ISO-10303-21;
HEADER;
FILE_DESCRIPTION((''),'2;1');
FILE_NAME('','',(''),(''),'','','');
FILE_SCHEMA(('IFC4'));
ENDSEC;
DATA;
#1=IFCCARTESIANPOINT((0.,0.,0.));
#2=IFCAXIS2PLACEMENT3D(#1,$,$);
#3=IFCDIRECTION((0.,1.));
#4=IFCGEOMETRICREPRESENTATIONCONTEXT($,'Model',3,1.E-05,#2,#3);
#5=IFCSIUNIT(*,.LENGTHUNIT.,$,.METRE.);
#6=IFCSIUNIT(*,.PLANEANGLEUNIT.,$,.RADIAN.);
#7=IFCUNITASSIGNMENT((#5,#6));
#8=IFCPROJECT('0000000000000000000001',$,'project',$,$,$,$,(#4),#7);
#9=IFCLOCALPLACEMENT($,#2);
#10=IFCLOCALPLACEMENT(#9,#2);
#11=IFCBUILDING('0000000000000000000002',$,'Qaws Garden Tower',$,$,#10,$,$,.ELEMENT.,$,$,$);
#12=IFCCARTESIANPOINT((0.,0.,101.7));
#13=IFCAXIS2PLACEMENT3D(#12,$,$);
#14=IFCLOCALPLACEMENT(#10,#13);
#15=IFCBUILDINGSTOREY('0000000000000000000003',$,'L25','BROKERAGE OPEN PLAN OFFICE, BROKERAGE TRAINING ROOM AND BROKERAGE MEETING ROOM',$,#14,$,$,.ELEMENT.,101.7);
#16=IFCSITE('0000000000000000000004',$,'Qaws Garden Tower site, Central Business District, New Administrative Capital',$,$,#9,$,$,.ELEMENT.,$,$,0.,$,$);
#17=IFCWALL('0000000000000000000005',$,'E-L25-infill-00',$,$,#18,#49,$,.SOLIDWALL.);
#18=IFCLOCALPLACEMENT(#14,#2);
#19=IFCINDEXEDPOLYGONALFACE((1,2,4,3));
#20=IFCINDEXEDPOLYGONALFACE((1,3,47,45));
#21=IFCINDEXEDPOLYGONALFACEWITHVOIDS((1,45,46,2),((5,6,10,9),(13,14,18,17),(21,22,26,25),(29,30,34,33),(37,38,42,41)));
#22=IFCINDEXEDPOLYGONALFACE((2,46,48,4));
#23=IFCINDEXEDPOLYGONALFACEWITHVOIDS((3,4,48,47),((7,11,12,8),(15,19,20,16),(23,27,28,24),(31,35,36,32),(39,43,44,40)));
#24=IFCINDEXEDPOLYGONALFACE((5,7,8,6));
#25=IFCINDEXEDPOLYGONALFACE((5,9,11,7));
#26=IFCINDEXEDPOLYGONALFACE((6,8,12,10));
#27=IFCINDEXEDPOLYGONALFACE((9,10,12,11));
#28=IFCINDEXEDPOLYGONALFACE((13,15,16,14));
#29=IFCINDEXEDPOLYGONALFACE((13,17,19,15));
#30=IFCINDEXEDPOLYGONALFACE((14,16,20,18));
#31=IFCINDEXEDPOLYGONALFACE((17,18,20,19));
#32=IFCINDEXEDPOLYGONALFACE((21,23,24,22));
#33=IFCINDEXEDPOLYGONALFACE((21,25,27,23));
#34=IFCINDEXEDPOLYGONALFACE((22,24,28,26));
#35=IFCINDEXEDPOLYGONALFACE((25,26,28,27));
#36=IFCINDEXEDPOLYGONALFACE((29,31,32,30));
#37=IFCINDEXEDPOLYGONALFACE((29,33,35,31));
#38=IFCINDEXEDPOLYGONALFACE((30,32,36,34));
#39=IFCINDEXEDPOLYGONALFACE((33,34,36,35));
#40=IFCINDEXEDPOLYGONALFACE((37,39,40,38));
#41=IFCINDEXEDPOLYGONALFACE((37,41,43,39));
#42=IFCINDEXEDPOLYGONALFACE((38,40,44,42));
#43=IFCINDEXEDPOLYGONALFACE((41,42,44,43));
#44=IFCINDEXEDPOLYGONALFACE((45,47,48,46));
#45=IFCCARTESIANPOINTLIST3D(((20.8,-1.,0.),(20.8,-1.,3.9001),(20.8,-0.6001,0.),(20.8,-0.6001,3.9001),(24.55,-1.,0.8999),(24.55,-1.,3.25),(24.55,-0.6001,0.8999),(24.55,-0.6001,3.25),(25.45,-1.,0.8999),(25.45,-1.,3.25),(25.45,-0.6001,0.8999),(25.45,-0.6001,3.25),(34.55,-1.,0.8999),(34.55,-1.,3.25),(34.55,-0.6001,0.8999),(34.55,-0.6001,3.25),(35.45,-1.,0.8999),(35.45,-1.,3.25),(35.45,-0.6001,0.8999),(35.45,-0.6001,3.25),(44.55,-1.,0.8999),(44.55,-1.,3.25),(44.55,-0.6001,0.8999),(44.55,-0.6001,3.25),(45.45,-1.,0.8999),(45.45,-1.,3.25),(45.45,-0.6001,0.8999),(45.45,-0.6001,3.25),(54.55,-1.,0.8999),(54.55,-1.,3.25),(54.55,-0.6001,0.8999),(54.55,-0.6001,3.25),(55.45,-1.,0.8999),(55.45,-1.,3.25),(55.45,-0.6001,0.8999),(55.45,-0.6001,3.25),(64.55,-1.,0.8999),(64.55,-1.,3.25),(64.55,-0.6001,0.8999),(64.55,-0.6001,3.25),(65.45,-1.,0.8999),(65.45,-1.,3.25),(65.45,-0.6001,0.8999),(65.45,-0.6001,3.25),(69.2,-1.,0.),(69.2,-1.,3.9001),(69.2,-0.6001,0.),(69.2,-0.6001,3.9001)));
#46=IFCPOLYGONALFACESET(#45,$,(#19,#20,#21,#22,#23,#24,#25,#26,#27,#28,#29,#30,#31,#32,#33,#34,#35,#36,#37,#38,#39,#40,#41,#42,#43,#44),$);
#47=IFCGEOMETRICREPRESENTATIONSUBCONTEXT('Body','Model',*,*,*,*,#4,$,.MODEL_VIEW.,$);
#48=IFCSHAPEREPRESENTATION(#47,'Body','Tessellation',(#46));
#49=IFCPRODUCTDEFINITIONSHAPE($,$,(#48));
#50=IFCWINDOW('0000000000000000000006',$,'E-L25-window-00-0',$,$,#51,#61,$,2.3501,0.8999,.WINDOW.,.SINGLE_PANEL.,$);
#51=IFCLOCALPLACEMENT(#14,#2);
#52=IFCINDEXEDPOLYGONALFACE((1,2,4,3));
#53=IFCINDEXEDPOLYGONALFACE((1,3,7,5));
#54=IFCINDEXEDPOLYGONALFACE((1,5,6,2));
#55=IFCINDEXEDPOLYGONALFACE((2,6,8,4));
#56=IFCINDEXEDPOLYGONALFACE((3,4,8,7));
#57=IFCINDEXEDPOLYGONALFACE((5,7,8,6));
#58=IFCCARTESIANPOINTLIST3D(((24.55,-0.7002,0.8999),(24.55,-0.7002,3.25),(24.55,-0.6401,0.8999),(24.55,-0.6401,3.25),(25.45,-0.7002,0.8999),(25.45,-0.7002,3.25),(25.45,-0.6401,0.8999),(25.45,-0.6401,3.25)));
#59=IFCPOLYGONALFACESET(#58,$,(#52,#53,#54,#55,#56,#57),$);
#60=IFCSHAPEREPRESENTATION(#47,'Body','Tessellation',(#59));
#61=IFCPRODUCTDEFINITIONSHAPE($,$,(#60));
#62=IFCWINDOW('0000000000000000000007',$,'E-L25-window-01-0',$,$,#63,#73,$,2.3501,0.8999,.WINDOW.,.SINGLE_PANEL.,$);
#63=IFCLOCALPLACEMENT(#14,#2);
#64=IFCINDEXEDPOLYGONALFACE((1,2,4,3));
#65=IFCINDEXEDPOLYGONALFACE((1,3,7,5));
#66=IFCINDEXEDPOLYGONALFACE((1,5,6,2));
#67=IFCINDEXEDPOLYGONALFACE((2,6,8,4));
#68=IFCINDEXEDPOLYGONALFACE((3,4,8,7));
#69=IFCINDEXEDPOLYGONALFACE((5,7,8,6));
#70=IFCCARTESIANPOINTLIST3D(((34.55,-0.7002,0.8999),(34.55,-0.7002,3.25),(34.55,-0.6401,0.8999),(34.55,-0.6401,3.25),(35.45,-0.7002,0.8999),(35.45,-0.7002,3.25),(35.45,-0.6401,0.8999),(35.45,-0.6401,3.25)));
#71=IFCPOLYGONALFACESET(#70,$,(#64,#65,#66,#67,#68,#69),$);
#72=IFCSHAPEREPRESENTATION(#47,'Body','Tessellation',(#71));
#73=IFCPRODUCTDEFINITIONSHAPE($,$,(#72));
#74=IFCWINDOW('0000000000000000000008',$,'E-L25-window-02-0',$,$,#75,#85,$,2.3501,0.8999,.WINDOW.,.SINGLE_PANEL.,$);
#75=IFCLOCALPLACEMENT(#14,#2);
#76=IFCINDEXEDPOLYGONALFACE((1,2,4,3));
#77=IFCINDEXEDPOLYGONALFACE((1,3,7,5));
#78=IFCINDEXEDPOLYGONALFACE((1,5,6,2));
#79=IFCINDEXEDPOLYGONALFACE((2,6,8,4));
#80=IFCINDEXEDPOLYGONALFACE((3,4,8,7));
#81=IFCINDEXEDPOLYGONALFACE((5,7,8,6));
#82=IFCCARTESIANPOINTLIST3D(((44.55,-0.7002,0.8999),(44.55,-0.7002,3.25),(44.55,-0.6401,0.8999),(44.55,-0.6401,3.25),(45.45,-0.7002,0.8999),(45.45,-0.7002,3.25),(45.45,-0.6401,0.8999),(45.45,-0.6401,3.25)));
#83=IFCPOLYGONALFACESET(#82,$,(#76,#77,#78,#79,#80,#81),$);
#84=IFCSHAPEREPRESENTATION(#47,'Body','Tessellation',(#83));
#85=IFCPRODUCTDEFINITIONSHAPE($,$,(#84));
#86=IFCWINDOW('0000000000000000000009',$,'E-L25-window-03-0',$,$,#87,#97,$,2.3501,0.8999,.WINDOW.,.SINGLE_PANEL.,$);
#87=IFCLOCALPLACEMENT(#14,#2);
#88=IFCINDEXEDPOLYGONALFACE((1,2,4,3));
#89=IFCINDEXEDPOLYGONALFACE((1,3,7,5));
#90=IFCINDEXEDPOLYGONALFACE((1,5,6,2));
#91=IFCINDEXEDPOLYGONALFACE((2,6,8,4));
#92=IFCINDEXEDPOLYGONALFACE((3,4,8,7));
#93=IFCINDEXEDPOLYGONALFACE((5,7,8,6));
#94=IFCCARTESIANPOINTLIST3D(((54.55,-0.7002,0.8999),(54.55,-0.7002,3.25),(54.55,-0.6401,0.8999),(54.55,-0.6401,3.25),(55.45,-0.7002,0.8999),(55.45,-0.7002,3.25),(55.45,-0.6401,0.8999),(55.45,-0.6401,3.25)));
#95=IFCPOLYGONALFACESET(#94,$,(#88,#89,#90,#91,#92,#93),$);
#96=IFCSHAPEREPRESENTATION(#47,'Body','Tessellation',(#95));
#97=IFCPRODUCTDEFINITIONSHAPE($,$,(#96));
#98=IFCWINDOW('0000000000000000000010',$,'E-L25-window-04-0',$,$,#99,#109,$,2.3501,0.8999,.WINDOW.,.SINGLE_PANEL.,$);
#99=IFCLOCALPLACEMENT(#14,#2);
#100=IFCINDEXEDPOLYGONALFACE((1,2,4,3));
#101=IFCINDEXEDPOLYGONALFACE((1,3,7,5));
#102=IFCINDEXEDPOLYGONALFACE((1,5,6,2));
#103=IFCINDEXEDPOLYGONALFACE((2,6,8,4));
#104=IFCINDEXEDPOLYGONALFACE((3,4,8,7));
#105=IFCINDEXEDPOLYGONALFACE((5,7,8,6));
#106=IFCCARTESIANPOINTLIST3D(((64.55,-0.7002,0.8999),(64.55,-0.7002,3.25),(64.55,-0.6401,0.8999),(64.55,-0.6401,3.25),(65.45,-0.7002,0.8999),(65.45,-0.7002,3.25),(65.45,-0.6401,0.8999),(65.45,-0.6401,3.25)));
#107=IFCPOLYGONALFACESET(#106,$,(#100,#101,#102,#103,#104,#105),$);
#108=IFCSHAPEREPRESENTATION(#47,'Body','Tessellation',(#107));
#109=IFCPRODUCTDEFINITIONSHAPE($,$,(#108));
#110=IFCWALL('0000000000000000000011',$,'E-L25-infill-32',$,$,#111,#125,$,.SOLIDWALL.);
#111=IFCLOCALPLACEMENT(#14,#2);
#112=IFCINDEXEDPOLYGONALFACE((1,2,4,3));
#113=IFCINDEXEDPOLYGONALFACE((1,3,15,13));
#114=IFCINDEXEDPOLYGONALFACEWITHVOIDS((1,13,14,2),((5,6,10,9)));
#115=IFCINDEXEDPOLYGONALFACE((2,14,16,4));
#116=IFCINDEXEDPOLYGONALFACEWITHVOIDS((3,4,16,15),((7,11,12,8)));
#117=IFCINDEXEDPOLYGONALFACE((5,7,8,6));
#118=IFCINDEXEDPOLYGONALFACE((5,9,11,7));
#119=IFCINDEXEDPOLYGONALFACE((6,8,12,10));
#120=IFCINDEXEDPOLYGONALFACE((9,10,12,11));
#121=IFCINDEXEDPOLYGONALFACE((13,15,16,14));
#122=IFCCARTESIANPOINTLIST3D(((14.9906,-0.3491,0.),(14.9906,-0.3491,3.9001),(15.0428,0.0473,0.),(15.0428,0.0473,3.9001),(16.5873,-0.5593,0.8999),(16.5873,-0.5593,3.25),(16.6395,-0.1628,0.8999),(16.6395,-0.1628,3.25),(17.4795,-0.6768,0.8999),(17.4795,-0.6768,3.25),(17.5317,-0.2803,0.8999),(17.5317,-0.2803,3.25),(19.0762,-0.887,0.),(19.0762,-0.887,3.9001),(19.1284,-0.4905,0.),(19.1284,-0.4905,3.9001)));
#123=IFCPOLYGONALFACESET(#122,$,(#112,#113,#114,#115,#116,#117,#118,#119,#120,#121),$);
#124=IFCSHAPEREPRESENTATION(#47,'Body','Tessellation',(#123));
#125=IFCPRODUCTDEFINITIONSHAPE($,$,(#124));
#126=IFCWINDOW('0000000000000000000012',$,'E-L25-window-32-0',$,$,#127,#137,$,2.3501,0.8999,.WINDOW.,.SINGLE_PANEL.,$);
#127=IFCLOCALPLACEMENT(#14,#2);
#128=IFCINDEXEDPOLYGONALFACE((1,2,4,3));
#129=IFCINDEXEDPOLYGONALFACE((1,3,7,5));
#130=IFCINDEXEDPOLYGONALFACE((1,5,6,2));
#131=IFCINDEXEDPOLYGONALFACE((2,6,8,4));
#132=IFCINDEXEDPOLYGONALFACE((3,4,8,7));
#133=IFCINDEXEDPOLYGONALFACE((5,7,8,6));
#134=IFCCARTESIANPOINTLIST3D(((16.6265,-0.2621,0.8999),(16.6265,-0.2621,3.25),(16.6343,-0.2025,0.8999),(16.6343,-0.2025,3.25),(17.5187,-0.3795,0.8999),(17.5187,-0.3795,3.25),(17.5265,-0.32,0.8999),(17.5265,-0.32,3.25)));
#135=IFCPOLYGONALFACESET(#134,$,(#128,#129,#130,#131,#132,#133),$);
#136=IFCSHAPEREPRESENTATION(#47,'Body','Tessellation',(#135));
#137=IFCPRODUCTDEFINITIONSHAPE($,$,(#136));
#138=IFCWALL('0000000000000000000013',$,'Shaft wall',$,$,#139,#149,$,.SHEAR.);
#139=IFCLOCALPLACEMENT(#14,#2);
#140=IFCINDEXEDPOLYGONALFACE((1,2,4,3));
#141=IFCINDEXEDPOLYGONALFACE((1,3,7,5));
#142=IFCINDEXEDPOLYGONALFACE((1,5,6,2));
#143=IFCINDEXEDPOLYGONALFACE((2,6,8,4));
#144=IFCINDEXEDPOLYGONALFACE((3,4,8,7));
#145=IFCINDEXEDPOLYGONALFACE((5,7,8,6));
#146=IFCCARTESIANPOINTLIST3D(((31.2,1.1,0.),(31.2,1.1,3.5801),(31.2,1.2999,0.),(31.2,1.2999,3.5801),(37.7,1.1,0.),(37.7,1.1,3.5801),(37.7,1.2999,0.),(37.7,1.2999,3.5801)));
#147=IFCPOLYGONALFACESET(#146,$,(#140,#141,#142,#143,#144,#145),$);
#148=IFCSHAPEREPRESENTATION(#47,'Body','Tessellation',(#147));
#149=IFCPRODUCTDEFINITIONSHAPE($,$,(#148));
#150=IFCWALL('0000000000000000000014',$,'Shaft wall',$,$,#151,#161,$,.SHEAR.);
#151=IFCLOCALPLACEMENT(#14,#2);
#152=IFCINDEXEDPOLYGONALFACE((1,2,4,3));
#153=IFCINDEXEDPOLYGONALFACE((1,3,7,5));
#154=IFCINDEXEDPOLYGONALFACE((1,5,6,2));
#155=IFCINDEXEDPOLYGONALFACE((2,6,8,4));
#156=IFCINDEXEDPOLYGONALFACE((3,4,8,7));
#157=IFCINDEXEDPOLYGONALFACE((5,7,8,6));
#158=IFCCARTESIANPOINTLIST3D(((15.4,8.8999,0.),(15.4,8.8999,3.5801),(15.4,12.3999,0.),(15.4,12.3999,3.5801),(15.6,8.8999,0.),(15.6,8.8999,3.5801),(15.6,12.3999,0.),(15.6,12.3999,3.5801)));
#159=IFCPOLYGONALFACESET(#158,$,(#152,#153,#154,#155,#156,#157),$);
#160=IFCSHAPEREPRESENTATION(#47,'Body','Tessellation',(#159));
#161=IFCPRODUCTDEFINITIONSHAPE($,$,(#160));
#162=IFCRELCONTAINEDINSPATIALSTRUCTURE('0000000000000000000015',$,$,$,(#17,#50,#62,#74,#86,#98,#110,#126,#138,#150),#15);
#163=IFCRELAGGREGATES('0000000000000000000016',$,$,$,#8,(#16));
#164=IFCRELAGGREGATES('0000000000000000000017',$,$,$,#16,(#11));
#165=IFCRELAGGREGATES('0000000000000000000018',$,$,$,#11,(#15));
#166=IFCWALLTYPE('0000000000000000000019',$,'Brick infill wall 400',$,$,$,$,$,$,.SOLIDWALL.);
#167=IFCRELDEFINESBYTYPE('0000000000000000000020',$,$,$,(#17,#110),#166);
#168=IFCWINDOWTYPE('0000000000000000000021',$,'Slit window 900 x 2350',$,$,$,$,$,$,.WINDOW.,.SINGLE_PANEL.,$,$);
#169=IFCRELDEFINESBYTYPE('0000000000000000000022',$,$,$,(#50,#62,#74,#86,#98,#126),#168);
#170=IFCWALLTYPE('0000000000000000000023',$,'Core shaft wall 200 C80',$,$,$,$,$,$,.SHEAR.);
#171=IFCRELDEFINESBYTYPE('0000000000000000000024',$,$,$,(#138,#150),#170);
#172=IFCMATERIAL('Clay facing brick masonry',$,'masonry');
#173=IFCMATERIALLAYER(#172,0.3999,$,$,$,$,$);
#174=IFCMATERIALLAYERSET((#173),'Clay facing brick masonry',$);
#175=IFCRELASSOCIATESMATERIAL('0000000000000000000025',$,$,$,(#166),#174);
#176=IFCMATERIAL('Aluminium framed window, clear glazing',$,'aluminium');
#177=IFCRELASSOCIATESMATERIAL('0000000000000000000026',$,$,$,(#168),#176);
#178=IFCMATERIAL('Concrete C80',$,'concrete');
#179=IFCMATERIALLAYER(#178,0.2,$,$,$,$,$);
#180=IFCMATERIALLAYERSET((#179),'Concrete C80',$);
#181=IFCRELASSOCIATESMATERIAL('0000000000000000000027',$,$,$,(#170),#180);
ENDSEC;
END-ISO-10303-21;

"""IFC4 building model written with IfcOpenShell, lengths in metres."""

from ifc_helpers import new_model, si_unit, direction, frame, frame_2d, origin, place, context, subcontext, project, spatial, rectangle, extrude, material, layer, layer_set, type_object, element, fill, save


model = new_model("IFC4")

# Units and contexts
model_context = context("Model", 3, precision=1e-05, world=origin(), true_north=direction((0.0, 1.0)))
body_context = subcontext(model_context, "Body", "Model", "MODEL_VIEW")
ifc_project = project(units=[si_unit("LENGTHUNIT", "METRE"), si_unit("PLANEANGLEUNIT", "RADIAN")], contexts=[model_context])

# Site, building, storey
site_placement = place(None, origin())
site = spatial("IfcSite", under=ifc_project, at=site_placement, Name="Qaws Garden Tower site, Central Business District, New Administrative Capital", CompositionType="ELEMENT", RefElevation=0.0)
building_placement = place(site_placement, origin())
building = spatial("IfcBuilding", under=site, at=building_placement, Name="Qaws Garden Tower", CompositionType="ELEMENT")
storey_placement = place(building_placement, frame((0.0, 0.0, 101.7)))
storey = spatial("IfcBuildingStorey", under=building, at=storey_placement, Name="L25", Description="BROKERAGE OPEN PLAN OFFICE, BROKERAGE TRAINING ROOM AND BROKERAGE MEETING ROOM", CompositionType="ELEMENT", Elevation=101.7)

# Wall, openings, windows
ifc_material_1 = material(Name="Clay facing brick masonry", Category="masonry")
ifc_layer_1 = layer(ifc_material_1, 0.3999)
ifc_layer_set_1 = layer_set([ifc_layer_1], Name="Clay facing brick masonry")
wall_type_1 = type_object("IfcWallType", Name="Brick infill wall 400", PredefinedType="SOLIDWALL", material=ifc_layer_set_1)
wall_1_placement = place(storey_placement, frame((20.8, -0.8, 0.0), z_axis=(0.0, 0.0, 1.0), x_axis=(1.0, 0.0, 0.0)))
wall_1 = element("IfcWall", 1, at=wall_1_placement, inside=storey, type_object=wall_type_1, Name="E-L25-infill-00", PredefinedType="SOLIDWALL", context=body_context, shape_type="SweptSolid", body=[
    extrude(rectangle(XDim=48.3999, YDim=0.3999, at=frame_2d((24.2, 0.0))), origin(), (0.0, 0.0, 1.0), 3.9001),
])
opening_1_placement = place(wall_1_placement, frame((3.75, 0.0, 0.8999)))
opening_1 = element("IfcOpeningElement", 2, at=opening_1_placement, cuts=wall_1, PredefinedType="OPENING", context=body_context, shape_type="SweptSolid", body=[
    extrude(rectangle(XDim=0.8999, YDim=2.3501, at=frame_2d((0.45, 1.175))), frame((0.0, 0.21, 0.0), z_axis=(0.0, -1.0, 0.0), x_axis=(1.0, 0.0, 0.0)), (0.0, 0.0, 1.0), 0.4199),
])
opening_2_placement = place(wall_1_placement, frame((13.75, 0.0, 0.8999)))
opening_2 = element("IfcOpeningElement", 3, at=opening_2_placement, cuts=wall_1, PredefinedType="OPENING", context=body_context, shape_type="SweptSolid", body=[
    extrude(rectangle(XDim=0.8999, YDim=2.3501, at=frame_2d((0.45, 1.175))), frame((0.0, 0.21, 0.0), z_axis=(0.0, -1.0, 0.0), x_axis=(1.0, 0.0, 0.0)), (0.0, 0.0, 1.0), 0.4199),
])
opening_3_placement = place(wall_1_placement, frame((23.75, 0.0, 0.8999)))
opening_3 = element("IfcOpeningElement", 4, at=opening_3_placement, cuts=wall_1, PredefinedType="OPENING", context=body_context, shape_type="SweptSolid", body=[
    extrude(rectangle(XDim=0.8999, YDim=2.3501, at=frame_2d((0.45, 1.175))), frame((0.0, 0.21, 0.0), z_axis=(0.0, -1.0, 0.0), x_axis=(1.0, 0.0, 0.0)), (0.0, 0.0, 1.0), 0.4199),
])
opening_4_placement = place(wall_1_placement, frame((33.75, 0.0, 0.8999)))
opening_4 = element("IfcOpeningElement", 5, at=opening_4_placement, cuts=wall_1, PredefinedType="OPENING", context=body_context, shape_type="SweptSolid", body=[
    extrude(rectangle(XDim=0.8999, YDim=2.3501, at=frame_2d((0.45, 1.175))), frame((0.0, 0.21, 0.0), z_axis=(0.0, -1.0, 0.0), x_axis=(1.0, 0.0, 0.0)), (0.0, 0.0, 1.0), 0.4199),
])
opening_5_placement = place(wall_1_placement, frame((43.75, 0.0, 0.8999)))
opening_5 = element("IfcOpeningElement", 6, at=opening_5_placement, cuts=wall_1, PredefinedType="OPENING", context=body_context, shape_type="SweptSolid", body=[
    extrude(rectangle(XDim=0.8999, YDim=2.3501, at=frame_2d((0.45, 1.175))), frame((0.0, 0.21, 0.0), z_axis=(0.0, -1.0, 0.0), x_axis=(1.0, 0.0, 0.0)), (0.0, 0.0, 1.0), 0.4199),
])
ifc_material_2 = material(Name="Aluminium framed window, clear glazing", Category="aluminium")
window_type = type_object("IfcWindowType", Name="Slit window 900 x 2350", PartitioningType="SINGLE_PANEL", PredefinedType="WINDOW", material=ifc_material_2)
window_1_placement = place(opening_1_placement, origin())
window_1 = element("IfcWindow", 7, at=window_1_placement, inside=storey, type_object=window_type, Name="E-L25-window-00-0", OverallHeight=2.3501, OverallWidth=0.8999, PartitioningType="SINGLE_PANEL", PredefinedType="WINDOW", context=body_context, shape_type="SweptSolid", body=[
    extrude(rectangle(XDim=0.8999, YDim=2.3501, at=frame_2d((0.45, 1.175))), frame((0.0, 0.1599, 0.0), z_axis=(0.0, -1.0, 0.0), x_axis=(1.0, 0.0, 0.0)), (0.0, 0.0, 1.0), 0.0601),
])
fill(opening_1, window_1)
window_2_placement = place(opening_2_placement, origin())
window_2 = element("IfcWindow", 8, at=window_2_placement, inside=storey, type_object=window_type, Name="E-L25-window-01-0", OverallHeight=2.3501, OverallWidth=0.8999, PartitioningType="SINGLE_PANEL", PredefinedType="WINDOW", context=body_context, shape_type="SweptSolid", body=[
    extrude(rectangle(XDim=0.8999, YDim=2.3501, at=frame_2d((0.45, 1.175))), frame((0.0, 0.1599, 0.0), z_axis=(0.0, -1.0, 0.0), x_axis=(1.0, 0.0, 0.0)), (0.0, 0.0, 1.0), 0.0601),
])
fill(opening_2, window_2)
window_3_placement = place(opening_3_placement, origin())
window_3 = element("IfcWindow", 9, at=window_3_placement, inside=storey, type_object=window_type, Name="E-L25-window-02-0", OverallHeight=2.3501, OverallWidth=0.8999, PartitioningType="SINGLE_PANEL", PredefinedType="WINDOW", context=body_context, shape_type="SweptSolid", body=[
    extrude(rectangle(XDim=0.8999, YDim=2.3501, at=frame_2d((0.45, 1.175))), frame((0.0, 0.1599, 0.0), z_axis=(0.0, -1.0, 0.0), x_axis=(1.0, 0.0, 0.0)), (0.0, 0.0, 1.0), 0.0601),
])
fill(opening_3, window_3)
window_4_placement = place(opening_4_placement, origin())
window_4 = element("IfcWindow", 10, at=window_4_placement, inside=storey, type_object=window_type, Name="E-L25-window-03-0", OverallHeight=2.3501, OverallWidth=0.8999, PartitioningType="SINGLE_PANEL", PredefinedType="WINDOW", context=body_context, shape_type="SweptSolid", body=[
    extrude(rectangle(XDim=0.8999, YDim=2.3501, at=frame_2d((0.45, 1.175))), frame((0.0, 0.1599, 0.0), z_axis=(0.0, -1.0, 0.0), x_axis=(1.0, 0.0, 0.0)), (0.0, 0.0, 1.0), 0.0601),
])
fill(opening_4, window_4)
window_5_placement = place(opening_5_placement, origin())
window_5 = element("IfcWindow", 11, at=window_5_placement, inside=storey, type_object=window_type, Name="E-L25-window-04-0", OverallHeight=2.3501, OverallWidth=0.8999, PartitioningType="SINGLE_PANEL", PredefinedType="WINDOW", context=body_context, shape_type="SweptSolid", body=[
    extrude(rectangle(XDim=0.8999, YDim=2.3501, at=frame_2d((0.45, 1.175))), frame((0.0, 0.1599, 0.0), z_axis=(0.0, -1.0, 0.0), x_axis=(1.0, 0.0, 0.0)), (0.0, 0.0, 1.0), 0.0601),
])
fill(opening_5, window_5)

# Wall, opening, window
wall_2_placement = place(storey_placement, frame((15.0166, -0.1509, 0.0), z_axis=(0.0, 0.0, 1.0), x_axis=(0.991446, -0.130514, 0.0)))
wall_2 = element("IfcWall", 12, at=wall_2_placement, inside=storey, type_object=wall_type_1, Name="E-L25-infill-32", PredefinedType="SOLIDWALL", context=body_context, shape_type="SweptSolid", body=[
    extrude(rectangle(XDim=4.1208, YDim=0.3999, at=frame_2d((2.0605, 0.0))), origin(), (0.0, 0.0, 1.0), 3.9001),
])
opening_6_placement = place(wall_2_placement, frame((1.6106, 0.0, 0.8999)))
opening_6 = element("IfcOpeningElement", 13, at=opening_6_placement, cuts=wall_2, PredefinedType="OPENING", context=body_context, shape_type="SweptSolid", body=[
    extrude(rectangle(XDim=0.8999, YDim=2.3501, at=frame_2d((0.45, 1.175))), frame((0.0, 0.21, 0.0), z_axis=(0.0, -1.0, 0.0), x_axis=(1.0, 0.0, 0.0)), (0.0, 0.0, 1.0), 0.4199),
])
window_6_placement = place(opening_6_placement, origin())
window_6 = element("IfcWindow", 14, at=window_6_placement, inside=storey, type_object=window_type, Name="E-L25-window-32-0", OverallHeight=2.3501, OverallWidth=0.8999, PartitioningType="SINGLE_PANEL", PredefinedType="WINDOW", context=body_context, shape_type="SweptSolid", body=[
    extrude(rectangle(XDim=0.8999, YDim=2.3501, at=frame_2d((0.45, 1.175))), frame((0.0, 0.1599, 0.0), z_axis=(0.0, -1.0, 0.0), x_axis=(1.0, 0.0, 0.0)), (0.0, 0.0, 1.0), 0.0601),
])
fill(opening_6, window_6)

# Walls
ifc_material_3 = material(Name="Concrete C80", Category="concrete")
ifc_layer_2 = layer(ifc_material_3, 0.2)
ifc_layer_set_2 = layer_set([ifc_layer_2], Name="Concrete C80")
wall_type_2 = type_object("IfcWallType", Name="Core shaft wall 200 C80", PredefinedType="SHEAR", material=ifc_layer_set_2)
wall_3_placement = place(storey_placement, frame((31.2, 1.2, 0.0), z_axis=(0.0, 0.0, 1.0), x_axis=(1.0, 0.0, 0.0)))
element("IfcWall", 15, at=wall_3_placement, inside=storey, type_object=wall_type_2, Name="Shaft wall", PredefinedType="SHEAR", context=body_context, shape_type="SweptSolid", body=[
    extrude(rectangle(XDim=6.5, YDim=0.2, at=frame_2d((3.25, 0.0))), origin(), (0.0, 0.0, 1.0), 3.5801),
])
for number, where, z_axis, x_axis, name in (
    (16, (15.5, 8.8999, 0.0), (0.0, 0.0, 1.0), (0.0, 1.0, 0.0), "Shaft wall"),
):
    element("IfcWall", number, at=place(storey_placement, frame(where, z_axis=z_axis, x_axis=x_axis)), inside=storey, type_object=wall_type_2, Name=name, PredefinedType="SHEAR", context=body_context, shape_type="SweptSolid", body=[
        extrude(rectangle(XDim=3.5, YDim=0.2, at=frame_2d((1.75, 0.0))), origin(), (0.0, 0.0, 1.0), 3.5801),
    ])

save(model, "model.ifc")
